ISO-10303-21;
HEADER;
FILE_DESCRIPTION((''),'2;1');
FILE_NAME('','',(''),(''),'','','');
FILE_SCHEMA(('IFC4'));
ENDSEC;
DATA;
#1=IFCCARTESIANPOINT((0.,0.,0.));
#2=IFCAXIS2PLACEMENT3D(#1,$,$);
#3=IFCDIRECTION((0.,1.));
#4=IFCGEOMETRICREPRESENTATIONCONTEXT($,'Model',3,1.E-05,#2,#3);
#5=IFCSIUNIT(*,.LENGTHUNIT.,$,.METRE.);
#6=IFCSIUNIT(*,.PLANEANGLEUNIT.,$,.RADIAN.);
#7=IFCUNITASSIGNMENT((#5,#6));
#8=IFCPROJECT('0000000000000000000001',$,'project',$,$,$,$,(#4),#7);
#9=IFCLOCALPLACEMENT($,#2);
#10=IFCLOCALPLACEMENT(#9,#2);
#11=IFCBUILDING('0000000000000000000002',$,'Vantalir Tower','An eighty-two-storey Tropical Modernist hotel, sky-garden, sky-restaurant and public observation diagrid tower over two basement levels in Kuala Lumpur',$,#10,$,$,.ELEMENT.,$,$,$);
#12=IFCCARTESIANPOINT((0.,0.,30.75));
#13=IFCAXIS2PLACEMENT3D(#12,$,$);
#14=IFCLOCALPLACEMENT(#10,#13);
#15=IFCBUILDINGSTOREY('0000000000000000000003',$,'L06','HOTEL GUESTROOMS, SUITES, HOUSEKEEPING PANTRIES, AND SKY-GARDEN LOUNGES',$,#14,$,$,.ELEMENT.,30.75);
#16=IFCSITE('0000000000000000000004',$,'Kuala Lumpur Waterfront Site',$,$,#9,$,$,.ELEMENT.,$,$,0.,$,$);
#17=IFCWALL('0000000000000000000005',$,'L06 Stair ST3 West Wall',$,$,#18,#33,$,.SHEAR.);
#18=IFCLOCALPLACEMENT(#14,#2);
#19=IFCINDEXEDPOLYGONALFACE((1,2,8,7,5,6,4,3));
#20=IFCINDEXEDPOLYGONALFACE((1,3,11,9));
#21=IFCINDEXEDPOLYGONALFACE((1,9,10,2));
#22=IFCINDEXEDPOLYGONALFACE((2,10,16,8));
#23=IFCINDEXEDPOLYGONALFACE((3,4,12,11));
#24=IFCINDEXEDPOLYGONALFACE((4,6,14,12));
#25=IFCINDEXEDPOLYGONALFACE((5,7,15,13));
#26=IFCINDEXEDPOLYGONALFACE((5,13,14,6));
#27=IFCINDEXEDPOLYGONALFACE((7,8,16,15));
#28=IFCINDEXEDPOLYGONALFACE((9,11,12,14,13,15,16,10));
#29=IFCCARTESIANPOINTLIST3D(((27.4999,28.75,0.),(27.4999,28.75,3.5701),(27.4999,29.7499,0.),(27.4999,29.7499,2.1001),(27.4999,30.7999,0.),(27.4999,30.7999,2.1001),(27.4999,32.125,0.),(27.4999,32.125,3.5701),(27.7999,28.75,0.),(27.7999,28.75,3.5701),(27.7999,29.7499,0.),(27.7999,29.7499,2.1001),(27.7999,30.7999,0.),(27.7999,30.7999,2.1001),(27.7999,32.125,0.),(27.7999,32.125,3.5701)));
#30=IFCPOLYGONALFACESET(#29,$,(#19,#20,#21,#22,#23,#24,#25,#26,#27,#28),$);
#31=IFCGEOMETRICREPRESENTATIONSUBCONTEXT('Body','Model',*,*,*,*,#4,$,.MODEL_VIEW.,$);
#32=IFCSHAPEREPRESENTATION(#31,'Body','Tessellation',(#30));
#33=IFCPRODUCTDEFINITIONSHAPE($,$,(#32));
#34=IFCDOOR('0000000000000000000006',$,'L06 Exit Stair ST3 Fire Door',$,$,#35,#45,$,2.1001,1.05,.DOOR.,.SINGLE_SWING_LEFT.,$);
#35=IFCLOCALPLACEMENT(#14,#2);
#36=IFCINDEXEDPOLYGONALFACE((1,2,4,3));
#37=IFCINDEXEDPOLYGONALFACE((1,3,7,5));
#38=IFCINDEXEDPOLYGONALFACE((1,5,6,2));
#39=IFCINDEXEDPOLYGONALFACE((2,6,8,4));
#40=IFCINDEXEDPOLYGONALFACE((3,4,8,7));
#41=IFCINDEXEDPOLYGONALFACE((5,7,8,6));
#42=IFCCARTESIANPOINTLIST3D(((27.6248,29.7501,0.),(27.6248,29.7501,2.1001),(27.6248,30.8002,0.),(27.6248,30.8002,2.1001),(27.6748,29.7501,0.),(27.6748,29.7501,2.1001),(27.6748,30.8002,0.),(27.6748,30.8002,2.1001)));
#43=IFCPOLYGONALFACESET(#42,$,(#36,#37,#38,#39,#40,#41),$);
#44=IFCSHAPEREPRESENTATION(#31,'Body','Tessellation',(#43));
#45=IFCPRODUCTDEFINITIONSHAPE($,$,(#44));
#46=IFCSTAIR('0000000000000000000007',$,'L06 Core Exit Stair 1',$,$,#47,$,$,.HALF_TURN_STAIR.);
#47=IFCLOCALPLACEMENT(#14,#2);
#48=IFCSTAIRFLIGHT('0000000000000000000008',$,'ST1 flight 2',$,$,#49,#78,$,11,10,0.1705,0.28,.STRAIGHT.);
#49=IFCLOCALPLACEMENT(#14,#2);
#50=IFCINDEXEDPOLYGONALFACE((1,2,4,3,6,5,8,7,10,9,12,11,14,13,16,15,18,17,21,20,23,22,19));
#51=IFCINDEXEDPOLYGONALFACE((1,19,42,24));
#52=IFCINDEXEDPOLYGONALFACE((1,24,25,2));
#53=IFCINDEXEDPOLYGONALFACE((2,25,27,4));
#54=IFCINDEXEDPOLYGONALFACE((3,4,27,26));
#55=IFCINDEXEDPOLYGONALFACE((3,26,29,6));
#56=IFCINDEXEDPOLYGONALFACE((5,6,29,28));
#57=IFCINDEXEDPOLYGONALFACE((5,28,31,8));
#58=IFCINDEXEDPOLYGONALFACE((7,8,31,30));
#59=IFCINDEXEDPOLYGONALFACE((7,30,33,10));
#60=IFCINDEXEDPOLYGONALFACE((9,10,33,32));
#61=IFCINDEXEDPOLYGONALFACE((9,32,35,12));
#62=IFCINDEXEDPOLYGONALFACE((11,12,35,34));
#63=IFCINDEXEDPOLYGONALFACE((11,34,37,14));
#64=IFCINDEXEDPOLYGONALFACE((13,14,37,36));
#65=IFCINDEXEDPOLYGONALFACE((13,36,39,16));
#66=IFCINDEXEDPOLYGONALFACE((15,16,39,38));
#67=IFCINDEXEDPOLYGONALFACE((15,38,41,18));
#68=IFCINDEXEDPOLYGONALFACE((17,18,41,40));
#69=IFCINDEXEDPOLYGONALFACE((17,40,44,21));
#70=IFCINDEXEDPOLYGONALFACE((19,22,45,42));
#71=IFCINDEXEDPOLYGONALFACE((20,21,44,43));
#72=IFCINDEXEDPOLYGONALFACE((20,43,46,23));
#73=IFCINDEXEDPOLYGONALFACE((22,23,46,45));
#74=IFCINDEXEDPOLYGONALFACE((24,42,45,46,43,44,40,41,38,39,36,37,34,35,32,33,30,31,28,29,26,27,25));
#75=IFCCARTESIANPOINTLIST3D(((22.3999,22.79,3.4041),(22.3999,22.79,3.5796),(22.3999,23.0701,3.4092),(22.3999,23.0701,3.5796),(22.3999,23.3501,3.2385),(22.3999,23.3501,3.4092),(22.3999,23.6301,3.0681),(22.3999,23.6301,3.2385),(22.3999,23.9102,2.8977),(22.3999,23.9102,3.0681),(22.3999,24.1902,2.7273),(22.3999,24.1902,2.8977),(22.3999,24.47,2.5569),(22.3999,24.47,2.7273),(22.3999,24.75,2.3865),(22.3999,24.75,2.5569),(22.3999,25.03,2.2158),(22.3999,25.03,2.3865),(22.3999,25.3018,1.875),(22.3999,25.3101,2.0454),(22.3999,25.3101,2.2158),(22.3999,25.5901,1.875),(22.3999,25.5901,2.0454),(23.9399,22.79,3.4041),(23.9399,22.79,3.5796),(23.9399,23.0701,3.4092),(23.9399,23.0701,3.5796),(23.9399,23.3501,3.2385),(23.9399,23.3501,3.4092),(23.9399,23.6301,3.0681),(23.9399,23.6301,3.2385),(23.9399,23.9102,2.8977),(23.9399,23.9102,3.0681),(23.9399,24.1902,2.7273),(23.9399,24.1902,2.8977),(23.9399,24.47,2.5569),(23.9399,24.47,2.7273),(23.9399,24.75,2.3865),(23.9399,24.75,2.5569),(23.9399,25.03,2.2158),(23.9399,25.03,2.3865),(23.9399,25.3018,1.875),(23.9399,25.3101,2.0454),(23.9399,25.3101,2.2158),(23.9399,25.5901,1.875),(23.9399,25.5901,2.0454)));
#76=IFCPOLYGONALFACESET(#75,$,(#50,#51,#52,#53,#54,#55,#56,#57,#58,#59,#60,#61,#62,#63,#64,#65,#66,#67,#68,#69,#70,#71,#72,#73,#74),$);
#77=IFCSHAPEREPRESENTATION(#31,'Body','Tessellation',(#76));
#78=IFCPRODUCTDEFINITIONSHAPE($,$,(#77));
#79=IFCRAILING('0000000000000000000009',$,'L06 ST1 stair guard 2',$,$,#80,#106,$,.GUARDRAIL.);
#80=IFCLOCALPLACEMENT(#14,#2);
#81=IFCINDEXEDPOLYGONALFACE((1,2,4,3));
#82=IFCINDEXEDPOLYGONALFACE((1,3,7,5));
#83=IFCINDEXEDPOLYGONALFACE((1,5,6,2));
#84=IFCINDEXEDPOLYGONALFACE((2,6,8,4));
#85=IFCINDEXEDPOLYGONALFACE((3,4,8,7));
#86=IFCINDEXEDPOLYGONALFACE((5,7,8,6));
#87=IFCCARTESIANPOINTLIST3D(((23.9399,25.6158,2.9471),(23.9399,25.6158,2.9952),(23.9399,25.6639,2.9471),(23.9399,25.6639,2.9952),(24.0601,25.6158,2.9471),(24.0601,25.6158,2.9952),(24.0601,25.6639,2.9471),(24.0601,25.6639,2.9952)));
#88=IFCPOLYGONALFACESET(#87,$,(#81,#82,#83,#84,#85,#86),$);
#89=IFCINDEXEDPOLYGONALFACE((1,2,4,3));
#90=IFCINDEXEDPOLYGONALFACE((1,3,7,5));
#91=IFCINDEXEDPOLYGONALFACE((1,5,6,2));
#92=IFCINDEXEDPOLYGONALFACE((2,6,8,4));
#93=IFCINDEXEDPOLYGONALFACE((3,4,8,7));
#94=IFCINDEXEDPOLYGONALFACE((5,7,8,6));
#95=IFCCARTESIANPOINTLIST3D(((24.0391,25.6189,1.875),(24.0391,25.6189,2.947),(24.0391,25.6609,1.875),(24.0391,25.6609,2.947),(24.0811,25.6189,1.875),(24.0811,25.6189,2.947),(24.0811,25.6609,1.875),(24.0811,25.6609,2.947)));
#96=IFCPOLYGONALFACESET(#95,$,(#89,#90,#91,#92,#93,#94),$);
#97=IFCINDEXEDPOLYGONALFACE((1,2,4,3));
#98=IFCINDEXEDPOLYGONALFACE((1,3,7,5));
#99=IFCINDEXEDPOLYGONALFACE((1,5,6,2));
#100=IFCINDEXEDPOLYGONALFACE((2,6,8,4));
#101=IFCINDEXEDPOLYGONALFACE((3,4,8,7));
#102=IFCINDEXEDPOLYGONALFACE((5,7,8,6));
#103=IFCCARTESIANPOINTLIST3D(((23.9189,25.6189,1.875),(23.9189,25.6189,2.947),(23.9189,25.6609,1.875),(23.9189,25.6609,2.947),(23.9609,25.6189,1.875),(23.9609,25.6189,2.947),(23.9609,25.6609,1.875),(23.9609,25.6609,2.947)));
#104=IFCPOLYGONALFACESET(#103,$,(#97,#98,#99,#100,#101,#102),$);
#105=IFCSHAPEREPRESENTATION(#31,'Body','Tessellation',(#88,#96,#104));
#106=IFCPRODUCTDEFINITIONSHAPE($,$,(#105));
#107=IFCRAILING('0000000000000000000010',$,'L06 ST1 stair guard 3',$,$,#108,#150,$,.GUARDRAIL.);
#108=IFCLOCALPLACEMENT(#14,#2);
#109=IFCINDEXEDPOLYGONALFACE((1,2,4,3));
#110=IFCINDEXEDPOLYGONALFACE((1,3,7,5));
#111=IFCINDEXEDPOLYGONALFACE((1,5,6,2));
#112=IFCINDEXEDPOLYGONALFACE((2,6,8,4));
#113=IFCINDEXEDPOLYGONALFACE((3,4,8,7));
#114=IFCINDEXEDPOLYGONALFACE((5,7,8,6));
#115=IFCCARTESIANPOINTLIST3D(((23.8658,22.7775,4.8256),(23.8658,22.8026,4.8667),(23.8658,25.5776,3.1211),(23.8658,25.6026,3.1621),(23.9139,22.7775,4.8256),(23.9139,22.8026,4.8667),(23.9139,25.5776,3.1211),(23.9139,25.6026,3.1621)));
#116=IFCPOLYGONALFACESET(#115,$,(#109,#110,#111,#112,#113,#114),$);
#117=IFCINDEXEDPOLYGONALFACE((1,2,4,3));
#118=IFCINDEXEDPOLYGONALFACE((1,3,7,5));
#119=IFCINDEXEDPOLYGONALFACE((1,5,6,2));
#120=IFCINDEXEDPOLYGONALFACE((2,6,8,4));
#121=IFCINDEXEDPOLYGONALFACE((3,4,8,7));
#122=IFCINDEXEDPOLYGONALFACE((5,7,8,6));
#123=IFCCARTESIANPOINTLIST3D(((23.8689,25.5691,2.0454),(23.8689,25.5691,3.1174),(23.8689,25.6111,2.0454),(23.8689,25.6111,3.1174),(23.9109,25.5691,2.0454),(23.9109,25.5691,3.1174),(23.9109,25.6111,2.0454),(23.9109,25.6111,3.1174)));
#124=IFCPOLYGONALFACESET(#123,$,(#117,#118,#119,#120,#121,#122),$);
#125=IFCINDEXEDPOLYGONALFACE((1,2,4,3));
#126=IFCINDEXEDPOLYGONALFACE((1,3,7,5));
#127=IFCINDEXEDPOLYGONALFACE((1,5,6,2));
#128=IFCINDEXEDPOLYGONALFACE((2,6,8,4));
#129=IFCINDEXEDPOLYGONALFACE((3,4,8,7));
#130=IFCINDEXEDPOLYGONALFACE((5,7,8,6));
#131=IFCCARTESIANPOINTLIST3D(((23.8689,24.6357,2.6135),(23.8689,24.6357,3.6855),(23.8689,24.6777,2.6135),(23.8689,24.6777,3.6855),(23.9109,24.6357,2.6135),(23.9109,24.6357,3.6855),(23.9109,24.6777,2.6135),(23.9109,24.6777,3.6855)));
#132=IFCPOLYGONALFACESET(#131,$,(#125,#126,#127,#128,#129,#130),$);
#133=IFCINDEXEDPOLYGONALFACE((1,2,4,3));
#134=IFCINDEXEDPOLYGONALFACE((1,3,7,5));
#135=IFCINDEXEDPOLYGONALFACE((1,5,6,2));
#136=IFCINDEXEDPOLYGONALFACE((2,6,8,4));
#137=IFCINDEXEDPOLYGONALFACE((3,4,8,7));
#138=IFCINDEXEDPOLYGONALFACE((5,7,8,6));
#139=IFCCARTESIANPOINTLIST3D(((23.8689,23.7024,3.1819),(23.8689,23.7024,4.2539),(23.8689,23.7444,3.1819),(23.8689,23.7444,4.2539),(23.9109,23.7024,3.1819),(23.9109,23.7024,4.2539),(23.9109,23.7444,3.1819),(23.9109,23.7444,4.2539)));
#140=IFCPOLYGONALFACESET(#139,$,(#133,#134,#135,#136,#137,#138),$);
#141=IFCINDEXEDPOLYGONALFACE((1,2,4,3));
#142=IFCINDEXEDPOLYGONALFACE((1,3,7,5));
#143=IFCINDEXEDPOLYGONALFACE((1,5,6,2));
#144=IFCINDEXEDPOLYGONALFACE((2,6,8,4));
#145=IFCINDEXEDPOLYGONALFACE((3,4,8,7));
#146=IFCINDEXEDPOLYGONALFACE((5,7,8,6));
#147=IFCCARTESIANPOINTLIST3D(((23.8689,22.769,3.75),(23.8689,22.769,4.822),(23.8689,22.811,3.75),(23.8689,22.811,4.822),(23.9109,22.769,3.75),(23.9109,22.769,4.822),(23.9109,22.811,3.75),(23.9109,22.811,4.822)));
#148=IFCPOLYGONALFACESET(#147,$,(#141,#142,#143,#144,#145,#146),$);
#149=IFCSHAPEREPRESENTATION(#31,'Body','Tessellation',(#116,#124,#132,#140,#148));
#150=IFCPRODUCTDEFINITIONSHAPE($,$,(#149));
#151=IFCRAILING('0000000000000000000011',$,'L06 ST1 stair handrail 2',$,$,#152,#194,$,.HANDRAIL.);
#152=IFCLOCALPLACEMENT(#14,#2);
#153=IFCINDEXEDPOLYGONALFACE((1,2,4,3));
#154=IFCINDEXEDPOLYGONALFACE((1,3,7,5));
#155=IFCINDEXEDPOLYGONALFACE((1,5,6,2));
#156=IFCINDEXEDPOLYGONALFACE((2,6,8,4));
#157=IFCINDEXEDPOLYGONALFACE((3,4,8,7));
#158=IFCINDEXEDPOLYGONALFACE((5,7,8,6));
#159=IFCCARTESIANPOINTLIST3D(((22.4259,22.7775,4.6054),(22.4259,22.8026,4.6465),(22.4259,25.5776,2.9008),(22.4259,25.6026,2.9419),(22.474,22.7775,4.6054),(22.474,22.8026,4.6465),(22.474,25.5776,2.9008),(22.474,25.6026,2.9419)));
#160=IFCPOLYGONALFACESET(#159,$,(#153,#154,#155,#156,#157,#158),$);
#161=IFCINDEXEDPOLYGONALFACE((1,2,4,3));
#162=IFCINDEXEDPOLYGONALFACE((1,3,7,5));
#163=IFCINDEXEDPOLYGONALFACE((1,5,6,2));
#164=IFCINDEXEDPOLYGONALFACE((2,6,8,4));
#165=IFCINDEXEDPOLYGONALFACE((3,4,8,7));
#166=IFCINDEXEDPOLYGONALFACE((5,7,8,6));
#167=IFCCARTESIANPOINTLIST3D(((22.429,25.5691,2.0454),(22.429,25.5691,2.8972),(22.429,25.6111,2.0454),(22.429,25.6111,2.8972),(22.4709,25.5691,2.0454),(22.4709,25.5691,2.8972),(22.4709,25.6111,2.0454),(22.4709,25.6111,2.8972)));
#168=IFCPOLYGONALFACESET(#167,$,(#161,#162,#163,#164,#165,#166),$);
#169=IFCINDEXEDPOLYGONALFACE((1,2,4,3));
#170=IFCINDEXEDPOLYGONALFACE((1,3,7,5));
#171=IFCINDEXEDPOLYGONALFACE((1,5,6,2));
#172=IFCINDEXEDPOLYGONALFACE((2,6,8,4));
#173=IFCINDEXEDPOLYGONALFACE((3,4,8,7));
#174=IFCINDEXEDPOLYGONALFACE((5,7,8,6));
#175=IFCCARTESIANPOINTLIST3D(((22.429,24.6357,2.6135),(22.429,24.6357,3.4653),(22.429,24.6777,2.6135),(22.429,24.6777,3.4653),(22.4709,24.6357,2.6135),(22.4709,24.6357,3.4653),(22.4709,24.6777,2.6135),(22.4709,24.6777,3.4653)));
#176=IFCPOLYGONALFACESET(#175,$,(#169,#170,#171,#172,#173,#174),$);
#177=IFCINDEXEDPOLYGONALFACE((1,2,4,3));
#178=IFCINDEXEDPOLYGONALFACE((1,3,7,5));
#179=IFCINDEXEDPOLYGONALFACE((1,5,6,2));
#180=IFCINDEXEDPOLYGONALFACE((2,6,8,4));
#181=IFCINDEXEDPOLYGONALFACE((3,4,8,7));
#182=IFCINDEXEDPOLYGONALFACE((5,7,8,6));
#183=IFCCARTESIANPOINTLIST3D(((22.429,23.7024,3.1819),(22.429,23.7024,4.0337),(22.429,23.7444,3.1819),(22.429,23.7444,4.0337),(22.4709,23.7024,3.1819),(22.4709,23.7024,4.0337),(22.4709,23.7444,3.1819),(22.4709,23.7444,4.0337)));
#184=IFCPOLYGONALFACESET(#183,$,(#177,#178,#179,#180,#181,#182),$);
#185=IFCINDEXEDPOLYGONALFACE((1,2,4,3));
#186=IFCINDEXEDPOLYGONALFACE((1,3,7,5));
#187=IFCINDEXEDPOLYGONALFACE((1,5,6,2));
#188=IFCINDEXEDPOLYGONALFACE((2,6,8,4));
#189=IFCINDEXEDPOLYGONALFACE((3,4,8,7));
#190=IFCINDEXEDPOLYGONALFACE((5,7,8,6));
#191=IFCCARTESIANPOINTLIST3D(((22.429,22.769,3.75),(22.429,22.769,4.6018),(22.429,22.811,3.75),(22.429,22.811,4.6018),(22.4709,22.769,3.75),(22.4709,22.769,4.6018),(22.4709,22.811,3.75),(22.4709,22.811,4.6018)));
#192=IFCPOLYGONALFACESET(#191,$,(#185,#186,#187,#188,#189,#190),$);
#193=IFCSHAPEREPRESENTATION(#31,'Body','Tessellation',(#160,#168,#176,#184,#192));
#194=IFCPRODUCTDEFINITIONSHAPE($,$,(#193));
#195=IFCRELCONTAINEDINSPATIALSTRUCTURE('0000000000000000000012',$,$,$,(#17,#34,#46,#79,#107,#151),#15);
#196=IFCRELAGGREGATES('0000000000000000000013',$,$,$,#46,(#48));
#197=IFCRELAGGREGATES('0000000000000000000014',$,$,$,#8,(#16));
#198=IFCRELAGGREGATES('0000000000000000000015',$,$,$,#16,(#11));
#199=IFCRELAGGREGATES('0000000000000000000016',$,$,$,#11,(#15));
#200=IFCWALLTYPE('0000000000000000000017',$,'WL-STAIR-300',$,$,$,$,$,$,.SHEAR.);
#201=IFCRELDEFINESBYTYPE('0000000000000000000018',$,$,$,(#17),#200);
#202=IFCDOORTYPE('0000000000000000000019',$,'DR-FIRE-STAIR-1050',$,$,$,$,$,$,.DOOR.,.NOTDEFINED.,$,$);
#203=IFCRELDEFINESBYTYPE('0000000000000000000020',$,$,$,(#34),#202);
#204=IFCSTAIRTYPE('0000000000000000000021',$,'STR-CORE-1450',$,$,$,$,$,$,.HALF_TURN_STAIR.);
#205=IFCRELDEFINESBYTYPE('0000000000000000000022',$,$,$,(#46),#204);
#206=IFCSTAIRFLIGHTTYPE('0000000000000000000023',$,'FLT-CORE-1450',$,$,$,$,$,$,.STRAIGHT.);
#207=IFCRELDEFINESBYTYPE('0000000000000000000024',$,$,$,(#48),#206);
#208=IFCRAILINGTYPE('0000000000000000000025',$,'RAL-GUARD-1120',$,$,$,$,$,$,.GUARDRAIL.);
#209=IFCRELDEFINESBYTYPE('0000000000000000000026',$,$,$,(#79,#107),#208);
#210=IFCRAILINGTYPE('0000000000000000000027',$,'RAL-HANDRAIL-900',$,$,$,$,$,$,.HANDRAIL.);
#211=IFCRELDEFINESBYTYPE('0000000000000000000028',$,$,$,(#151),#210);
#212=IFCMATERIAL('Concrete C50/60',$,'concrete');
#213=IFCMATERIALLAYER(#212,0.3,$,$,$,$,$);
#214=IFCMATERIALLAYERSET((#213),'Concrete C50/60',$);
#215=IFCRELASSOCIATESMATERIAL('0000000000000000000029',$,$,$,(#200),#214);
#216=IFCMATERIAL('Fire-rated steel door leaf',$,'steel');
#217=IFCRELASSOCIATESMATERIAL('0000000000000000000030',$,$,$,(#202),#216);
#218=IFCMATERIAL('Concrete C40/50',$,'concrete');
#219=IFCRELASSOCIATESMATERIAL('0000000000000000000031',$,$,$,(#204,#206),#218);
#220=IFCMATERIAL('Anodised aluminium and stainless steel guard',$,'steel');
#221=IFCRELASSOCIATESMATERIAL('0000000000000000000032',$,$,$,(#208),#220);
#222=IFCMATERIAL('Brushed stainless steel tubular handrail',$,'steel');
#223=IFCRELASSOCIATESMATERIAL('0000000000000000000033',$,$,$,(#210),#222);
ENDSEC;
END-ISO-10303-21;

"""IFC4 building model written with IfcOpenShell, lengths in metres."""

from ifc_helpers import new_model, si_unit, direction, frame, frame_2d, origin, origin_2d, place, context, subcontext, project, spatial, polyline, rectangle, outline, extrude, material, layer, layer_set, type_object, element, fill, aggregate, save


model = new_model("IFC4")

# Units and contexts
model_context = context("Model", 3, precision=1e-05, world=origin(), true_north=direction((0.0, 1.0)))
body_context = subcontext(model_context, "Body", "Model", "MODEL_VIEW")
ifc_project = project(units=[si_unit("LENGTHUNIT", "METRE"), si_unit("PLANEANGLEUNIT", "RADIAN")], contexts=[model_context])

# Site, building, storey
site_placement = place(None, origin())
site = spatial("IfcSite", under=ifc_project, at=site_placement, Name="Kuala Lumpur Waterfront Site", CompositionType="ELEMENT", RefElevation=0.0)
building_placement = place(site_placement, origin())
building = spatial("IfcBuilding", under=site, at=building_placement, Name="Vantalir Tower", Description="An eighty-two-storey Tropical Modernist hotel, sky-garden, sky-restaurant and public observation diagrid tower over two basement levels in Kuala Lumpur", CompositionType="ELEMENT")
storey_placement = place(building_placement, frame((0.0, 0.0, 30.75)))
storey = spatial("IfcBuildingStorey", under=building, at=storey_placement, Name="L06", Description="HOTEL GUESTROOMS, SUITES, HOUSEKEEPING PANTRIES, AND SKY-GARDEN LOUNGES", CompositionType="ELEMENT", Elevation=30.75)

# Shared definitions
ifc_material_1 = material(Name="Concrete C50/60", Category="concrete")
ifc_layer_1 = layer(ifc_material_1, 0.3)
ifc_layer_set_1 = layer_set([ifc_layer_1], Name="Concrete C50/60")
wall_type_1 = type_object("IfcWallType", Name="WL-STAIR-300", PredefinedType="SHEAR", material=ifc_layer_set_1)

# Wall, opening, door
wall_1_placement = place(storey_placement, frame((27.6499, 28.75, 0.0), z_axis=(0.0, 0.0, 1.0), x_axis=(0.0, 1.0, 0.0)))
wall_1 = element("IfcWall", 1, at=wall_1_placement, inside=storey, type_object=wall_type_1, Name="L06 Stair ST3 West Wall", PredefinedType="SHEAR", context=body_context, shape_type="SweptSolid", body=[
    extrude(rectangle(XDim=3.375, YDim=0.3, at=frame_2d((1.6875, 0.0))), origin(), (0.0, 0.0, 1.0), 3.5701),
])
opening_1_placement = place(wall_1_placement, frame((1.0, 0.0, 0.0)))
opening_1 = element("IfcOpeningElement", 2, at=opening_1_placement, cuts=wall_1, PredefinedType="OPENING", context=body_context, shape_type="SweptSolid", body=[
    extrude(rectangle(XDim=1.05, YDim=2.1001, at=frame_2d((0.5249, 1.05))), frame((0.0, 0.1599, 0.0), z_axis=(0.0, -1.0, 0.0), x_axis=(1.0, 0.0, 0.0)), (0.0, 0.0, 1.0), 0.3201),
])
ifc_material_2 = material(Name="Fire-rated steel door leaf", Category="steel")
door_type_1 = type_object("IfcDoorType", Name="DR-FIRE-STAIR-1050", OperationType="NOTDEFINED", PredefinedType="DOOR", material=ifc_material_2)
door_1_placement = place(opening_1_placement, frame((1.05, 0.0, 0.0), z_axis=(0.0, 0.0, 1.0), x_axis=(-1.0, 0.0, 0.0)))
door_1 = element("IfcDoor", 3, at=door_1_placement, inside=storey, type_object=door_type_1, Name="L06 Exit Stair ST3 Fire Door", OperationType="SINGLE_SWING_LEFT", OverallHeight=2.1001, OverallWidth=1.05, PredefinedType="DOOR", context=body_context, shape_type="SweptSolid", body=[
    extrude(rectangle(XDim=1.05, YDim=2.1001, at=frame_2d((0.5249, 1.05))), frame((0.0, 0.0249, 0.0), z_axis=(0.0, -1.0, 0.0), x_axis=(1.0, 0.0, 0.0)), (0.0, 0.0, 1.0), 0.05),
])
fill(opening_1, door_1)

# Stair, stair flight
ifc_material_3 = material(Name="Concrete C40/50", Category="concrete")
stair_type = type_object("IfcStairType", Name="STR-CORE-1450", PredefinedType="HALF_TURN_STAIR", material=ifc_material_3)
stair_placement = place(storey_placement, origin())
stair = element("IfcStair", 4, at=stair_placement, inside=storey, type_object=stair_type, Name="L06 Core Exit Stair 1", PredefinedType="HALF_TURN_STAIR")
stair_flight_type = type_object("IfcStairFlightType", Name="FLT-CORE-1450", PredefinedType="STRAIGHT", material=ifc_material_3)
stair_flight_placement = place(storey_placement, frame((23.1699, 25.5901, 1.875), z_axis=(0.0, 0.0, 1.0), x_axis=(0.0, -1.0, 0.0)))
stair_flight = element("IfcStairFlight", 5, at=stair_flight_placement, type_object=stair_flight_type, Name="ST1 flight 2", NumberOfRisers=11, NumberOfTreads=10, PredefinedType="STRAIGHT", RiserHeight=0.1705, TreadLength=0.28, context=body_context, shape_type="SweptSolid", body=[
    extrude(outline(polyline([(0.0, 0.0), (0.0, 0.1704), (0.28, 0.1704), (0.28, 0.3408), (0.5601, 0.3408), (0.5601, 0.5115), (0.8401, 0.5115), (0.8401, 0.6819), (1.1201, 0.6819), (1.1201, 0.8523), (1.3999, 0.8523), (1.3999, 1.0227), (1.6799, 1.0227), (1.6799, 1.1931), (1.96, 1.1931), (1.96, 1.3635), (2.24, 1.3635), (2.24, 1.5342), (2.52, 1.5342), (2.52, 1.7046), (2.8, 1.7046), (2.8, 1.875), (2.8, 1.5291), (0.2883, 0.0), (0.0, 0.0)])), frame((0.0, 0.77, 0.0), z_axis=(0.0, -1.0, 0.0), x_axis=(1.0, 0.0, 0.0)), (0.0, 0.0, 1.0), 1.54),
])
aggregate(stair, [stair_flight])

# Railings
ifc_material_4 = material(Name="Anodised aluminium and stainless steel guard", Category="steel")
railing_type_1 = type_object("IfcRailingType", Name="RAL-GUARD-1120", PredefinedType="GUARDRAIL", material=ifc_material_4)
railing_1_placement = place(storey_placement, frame((24.0601, 25.6399, 1.875)))
element("IfcRailing", 6, at=railing_1_placement, inside=storey, type_object=railing_type_1, Name="L06 ST1 stair guard 2", PredefinedType="GUARDRAIL", context=body_context, shape_type="SweptSolid", body=[
    extrude(rectangle(XDim=0.0481, YDim=0.0481, at=origin_2d()), frame((0.0, 0.0, 1.0962), z_axis=(-1.0, 0.0, 0.0), x_axis=(0.0, -1.0, 0.0)), (0.0, 0.0, 1.0), 0.1201),
    extrude(rectangle(XDim=0.042, YDim=0.042, at=origin_2d()), origin(), (0.0, 0.0, 1.0), 1.072),
    extrude(rectangle(XDim=0.042, YDim=0.042, at=origin_2d()), frame((-0.1201, 0.0, 0.0)), (0.0, 0.0, 1.0), 1.072),
])
railing_2_placement = place(storey_placement, frame((23.8899, 25.5901, 2.0454)))
element("IfcRailing", 7, at=railing_2_placement, inside=storey, type_object=railing_type_1, Name="L06 ST1 stair guard 3", PredefinedType="GUARDRAIL", context=body_context, shape_type="SweptSolid", body=[
    extrude(rectangle(XDim=0.0481, YDim=0.0481, at=origin_2d()), frame((0.0, 0.0, 1.0962), z_axis=(0.0, -0.85417, 0.519994), x_axis=(1.0, 0.0, 0.0)), (0.0, 0.0, 1.0), 3.2781),
    extrude(rectangle(XDim=0.042, YDim=0.042, at=origin_2d()), origin(), (0.0, 0.0, 1.0), 1.072),
    extrude(rectangle(XDim=0.042, YDim=0.042, at=origin_2d()), frame((0.0, -0.9333, 0.5681)), (0.0, 0.0, 1.0), 1.072),
    extrude(rectangle(XDim=0.042, YDim=0.042, at=origin_2d()), frame((0.0, -1.8667, 1.1365)), (0.0, 0.0, 1.0), 1.072),
    extrude(rectangle(XDim=0.042, YDim=0.042, at=origin_2d()), frame((0.0, -2.8, 1.7046)), (0.0, 0.0, 1.0), 1.072),
])
ifc_material_5 = material(Name="Brushed stainless steel tubular handrail", Category="steel")
railing_type_2 = type_object("IfcRailingType", Name="RAL-HANDRAIL-900", PredefinedType="HANDRAIL", material=ifc_material_5)
railing_3_placement = place(storey_placement, frame((22.45, 25.5901, 2.0454)))
element("IfcRailing", 8, at=railing_3_placement, inside=storey, type_object=railing_type_2, Name="L06 ST1 stair handrail 2", PredefinedType="HANDRAIL", context=body_context, shape_type="SweptSolid", body=[
    extrude(rectangle(XDim=0.0481, YDim=0.0481, at=origin_2d()), frame((0.0, 0.0, 0.876), z_axis=(0.0, -0.85417, 0.519994), x_axis=(1.0, 0.0, 0.0)), (0.0, 0.0, 1.0), 3.2781),
    extrude(rectangle(XDim=0.042, YDim=0.042, at=origin_2d()), origin(), (0.0, 0.0, 1.0), 0.8518),
    extrude(rectangle(XDim=0.042, YDim=0.042, at=origin_2d()), frame((0.0, -0.9333, 0.5681)), (0.0, 0.0, 1.0), 0.8518),
    extrude(rectangle(XDim=0.042, YDim=0.042, at=origin_2d()), frame((0.0, -1.8667, 1.1365)), (0.0, 0.0, 1.0), 0.8518),
    extrude(rectangle(XDim=0.042, YDim=0.042, at=origin_2d()), frame((0.0, -2.8, 1.7046)), (0.0, 0.0, 1.0), 0.8518),
])

save(model, "model.ifc")
